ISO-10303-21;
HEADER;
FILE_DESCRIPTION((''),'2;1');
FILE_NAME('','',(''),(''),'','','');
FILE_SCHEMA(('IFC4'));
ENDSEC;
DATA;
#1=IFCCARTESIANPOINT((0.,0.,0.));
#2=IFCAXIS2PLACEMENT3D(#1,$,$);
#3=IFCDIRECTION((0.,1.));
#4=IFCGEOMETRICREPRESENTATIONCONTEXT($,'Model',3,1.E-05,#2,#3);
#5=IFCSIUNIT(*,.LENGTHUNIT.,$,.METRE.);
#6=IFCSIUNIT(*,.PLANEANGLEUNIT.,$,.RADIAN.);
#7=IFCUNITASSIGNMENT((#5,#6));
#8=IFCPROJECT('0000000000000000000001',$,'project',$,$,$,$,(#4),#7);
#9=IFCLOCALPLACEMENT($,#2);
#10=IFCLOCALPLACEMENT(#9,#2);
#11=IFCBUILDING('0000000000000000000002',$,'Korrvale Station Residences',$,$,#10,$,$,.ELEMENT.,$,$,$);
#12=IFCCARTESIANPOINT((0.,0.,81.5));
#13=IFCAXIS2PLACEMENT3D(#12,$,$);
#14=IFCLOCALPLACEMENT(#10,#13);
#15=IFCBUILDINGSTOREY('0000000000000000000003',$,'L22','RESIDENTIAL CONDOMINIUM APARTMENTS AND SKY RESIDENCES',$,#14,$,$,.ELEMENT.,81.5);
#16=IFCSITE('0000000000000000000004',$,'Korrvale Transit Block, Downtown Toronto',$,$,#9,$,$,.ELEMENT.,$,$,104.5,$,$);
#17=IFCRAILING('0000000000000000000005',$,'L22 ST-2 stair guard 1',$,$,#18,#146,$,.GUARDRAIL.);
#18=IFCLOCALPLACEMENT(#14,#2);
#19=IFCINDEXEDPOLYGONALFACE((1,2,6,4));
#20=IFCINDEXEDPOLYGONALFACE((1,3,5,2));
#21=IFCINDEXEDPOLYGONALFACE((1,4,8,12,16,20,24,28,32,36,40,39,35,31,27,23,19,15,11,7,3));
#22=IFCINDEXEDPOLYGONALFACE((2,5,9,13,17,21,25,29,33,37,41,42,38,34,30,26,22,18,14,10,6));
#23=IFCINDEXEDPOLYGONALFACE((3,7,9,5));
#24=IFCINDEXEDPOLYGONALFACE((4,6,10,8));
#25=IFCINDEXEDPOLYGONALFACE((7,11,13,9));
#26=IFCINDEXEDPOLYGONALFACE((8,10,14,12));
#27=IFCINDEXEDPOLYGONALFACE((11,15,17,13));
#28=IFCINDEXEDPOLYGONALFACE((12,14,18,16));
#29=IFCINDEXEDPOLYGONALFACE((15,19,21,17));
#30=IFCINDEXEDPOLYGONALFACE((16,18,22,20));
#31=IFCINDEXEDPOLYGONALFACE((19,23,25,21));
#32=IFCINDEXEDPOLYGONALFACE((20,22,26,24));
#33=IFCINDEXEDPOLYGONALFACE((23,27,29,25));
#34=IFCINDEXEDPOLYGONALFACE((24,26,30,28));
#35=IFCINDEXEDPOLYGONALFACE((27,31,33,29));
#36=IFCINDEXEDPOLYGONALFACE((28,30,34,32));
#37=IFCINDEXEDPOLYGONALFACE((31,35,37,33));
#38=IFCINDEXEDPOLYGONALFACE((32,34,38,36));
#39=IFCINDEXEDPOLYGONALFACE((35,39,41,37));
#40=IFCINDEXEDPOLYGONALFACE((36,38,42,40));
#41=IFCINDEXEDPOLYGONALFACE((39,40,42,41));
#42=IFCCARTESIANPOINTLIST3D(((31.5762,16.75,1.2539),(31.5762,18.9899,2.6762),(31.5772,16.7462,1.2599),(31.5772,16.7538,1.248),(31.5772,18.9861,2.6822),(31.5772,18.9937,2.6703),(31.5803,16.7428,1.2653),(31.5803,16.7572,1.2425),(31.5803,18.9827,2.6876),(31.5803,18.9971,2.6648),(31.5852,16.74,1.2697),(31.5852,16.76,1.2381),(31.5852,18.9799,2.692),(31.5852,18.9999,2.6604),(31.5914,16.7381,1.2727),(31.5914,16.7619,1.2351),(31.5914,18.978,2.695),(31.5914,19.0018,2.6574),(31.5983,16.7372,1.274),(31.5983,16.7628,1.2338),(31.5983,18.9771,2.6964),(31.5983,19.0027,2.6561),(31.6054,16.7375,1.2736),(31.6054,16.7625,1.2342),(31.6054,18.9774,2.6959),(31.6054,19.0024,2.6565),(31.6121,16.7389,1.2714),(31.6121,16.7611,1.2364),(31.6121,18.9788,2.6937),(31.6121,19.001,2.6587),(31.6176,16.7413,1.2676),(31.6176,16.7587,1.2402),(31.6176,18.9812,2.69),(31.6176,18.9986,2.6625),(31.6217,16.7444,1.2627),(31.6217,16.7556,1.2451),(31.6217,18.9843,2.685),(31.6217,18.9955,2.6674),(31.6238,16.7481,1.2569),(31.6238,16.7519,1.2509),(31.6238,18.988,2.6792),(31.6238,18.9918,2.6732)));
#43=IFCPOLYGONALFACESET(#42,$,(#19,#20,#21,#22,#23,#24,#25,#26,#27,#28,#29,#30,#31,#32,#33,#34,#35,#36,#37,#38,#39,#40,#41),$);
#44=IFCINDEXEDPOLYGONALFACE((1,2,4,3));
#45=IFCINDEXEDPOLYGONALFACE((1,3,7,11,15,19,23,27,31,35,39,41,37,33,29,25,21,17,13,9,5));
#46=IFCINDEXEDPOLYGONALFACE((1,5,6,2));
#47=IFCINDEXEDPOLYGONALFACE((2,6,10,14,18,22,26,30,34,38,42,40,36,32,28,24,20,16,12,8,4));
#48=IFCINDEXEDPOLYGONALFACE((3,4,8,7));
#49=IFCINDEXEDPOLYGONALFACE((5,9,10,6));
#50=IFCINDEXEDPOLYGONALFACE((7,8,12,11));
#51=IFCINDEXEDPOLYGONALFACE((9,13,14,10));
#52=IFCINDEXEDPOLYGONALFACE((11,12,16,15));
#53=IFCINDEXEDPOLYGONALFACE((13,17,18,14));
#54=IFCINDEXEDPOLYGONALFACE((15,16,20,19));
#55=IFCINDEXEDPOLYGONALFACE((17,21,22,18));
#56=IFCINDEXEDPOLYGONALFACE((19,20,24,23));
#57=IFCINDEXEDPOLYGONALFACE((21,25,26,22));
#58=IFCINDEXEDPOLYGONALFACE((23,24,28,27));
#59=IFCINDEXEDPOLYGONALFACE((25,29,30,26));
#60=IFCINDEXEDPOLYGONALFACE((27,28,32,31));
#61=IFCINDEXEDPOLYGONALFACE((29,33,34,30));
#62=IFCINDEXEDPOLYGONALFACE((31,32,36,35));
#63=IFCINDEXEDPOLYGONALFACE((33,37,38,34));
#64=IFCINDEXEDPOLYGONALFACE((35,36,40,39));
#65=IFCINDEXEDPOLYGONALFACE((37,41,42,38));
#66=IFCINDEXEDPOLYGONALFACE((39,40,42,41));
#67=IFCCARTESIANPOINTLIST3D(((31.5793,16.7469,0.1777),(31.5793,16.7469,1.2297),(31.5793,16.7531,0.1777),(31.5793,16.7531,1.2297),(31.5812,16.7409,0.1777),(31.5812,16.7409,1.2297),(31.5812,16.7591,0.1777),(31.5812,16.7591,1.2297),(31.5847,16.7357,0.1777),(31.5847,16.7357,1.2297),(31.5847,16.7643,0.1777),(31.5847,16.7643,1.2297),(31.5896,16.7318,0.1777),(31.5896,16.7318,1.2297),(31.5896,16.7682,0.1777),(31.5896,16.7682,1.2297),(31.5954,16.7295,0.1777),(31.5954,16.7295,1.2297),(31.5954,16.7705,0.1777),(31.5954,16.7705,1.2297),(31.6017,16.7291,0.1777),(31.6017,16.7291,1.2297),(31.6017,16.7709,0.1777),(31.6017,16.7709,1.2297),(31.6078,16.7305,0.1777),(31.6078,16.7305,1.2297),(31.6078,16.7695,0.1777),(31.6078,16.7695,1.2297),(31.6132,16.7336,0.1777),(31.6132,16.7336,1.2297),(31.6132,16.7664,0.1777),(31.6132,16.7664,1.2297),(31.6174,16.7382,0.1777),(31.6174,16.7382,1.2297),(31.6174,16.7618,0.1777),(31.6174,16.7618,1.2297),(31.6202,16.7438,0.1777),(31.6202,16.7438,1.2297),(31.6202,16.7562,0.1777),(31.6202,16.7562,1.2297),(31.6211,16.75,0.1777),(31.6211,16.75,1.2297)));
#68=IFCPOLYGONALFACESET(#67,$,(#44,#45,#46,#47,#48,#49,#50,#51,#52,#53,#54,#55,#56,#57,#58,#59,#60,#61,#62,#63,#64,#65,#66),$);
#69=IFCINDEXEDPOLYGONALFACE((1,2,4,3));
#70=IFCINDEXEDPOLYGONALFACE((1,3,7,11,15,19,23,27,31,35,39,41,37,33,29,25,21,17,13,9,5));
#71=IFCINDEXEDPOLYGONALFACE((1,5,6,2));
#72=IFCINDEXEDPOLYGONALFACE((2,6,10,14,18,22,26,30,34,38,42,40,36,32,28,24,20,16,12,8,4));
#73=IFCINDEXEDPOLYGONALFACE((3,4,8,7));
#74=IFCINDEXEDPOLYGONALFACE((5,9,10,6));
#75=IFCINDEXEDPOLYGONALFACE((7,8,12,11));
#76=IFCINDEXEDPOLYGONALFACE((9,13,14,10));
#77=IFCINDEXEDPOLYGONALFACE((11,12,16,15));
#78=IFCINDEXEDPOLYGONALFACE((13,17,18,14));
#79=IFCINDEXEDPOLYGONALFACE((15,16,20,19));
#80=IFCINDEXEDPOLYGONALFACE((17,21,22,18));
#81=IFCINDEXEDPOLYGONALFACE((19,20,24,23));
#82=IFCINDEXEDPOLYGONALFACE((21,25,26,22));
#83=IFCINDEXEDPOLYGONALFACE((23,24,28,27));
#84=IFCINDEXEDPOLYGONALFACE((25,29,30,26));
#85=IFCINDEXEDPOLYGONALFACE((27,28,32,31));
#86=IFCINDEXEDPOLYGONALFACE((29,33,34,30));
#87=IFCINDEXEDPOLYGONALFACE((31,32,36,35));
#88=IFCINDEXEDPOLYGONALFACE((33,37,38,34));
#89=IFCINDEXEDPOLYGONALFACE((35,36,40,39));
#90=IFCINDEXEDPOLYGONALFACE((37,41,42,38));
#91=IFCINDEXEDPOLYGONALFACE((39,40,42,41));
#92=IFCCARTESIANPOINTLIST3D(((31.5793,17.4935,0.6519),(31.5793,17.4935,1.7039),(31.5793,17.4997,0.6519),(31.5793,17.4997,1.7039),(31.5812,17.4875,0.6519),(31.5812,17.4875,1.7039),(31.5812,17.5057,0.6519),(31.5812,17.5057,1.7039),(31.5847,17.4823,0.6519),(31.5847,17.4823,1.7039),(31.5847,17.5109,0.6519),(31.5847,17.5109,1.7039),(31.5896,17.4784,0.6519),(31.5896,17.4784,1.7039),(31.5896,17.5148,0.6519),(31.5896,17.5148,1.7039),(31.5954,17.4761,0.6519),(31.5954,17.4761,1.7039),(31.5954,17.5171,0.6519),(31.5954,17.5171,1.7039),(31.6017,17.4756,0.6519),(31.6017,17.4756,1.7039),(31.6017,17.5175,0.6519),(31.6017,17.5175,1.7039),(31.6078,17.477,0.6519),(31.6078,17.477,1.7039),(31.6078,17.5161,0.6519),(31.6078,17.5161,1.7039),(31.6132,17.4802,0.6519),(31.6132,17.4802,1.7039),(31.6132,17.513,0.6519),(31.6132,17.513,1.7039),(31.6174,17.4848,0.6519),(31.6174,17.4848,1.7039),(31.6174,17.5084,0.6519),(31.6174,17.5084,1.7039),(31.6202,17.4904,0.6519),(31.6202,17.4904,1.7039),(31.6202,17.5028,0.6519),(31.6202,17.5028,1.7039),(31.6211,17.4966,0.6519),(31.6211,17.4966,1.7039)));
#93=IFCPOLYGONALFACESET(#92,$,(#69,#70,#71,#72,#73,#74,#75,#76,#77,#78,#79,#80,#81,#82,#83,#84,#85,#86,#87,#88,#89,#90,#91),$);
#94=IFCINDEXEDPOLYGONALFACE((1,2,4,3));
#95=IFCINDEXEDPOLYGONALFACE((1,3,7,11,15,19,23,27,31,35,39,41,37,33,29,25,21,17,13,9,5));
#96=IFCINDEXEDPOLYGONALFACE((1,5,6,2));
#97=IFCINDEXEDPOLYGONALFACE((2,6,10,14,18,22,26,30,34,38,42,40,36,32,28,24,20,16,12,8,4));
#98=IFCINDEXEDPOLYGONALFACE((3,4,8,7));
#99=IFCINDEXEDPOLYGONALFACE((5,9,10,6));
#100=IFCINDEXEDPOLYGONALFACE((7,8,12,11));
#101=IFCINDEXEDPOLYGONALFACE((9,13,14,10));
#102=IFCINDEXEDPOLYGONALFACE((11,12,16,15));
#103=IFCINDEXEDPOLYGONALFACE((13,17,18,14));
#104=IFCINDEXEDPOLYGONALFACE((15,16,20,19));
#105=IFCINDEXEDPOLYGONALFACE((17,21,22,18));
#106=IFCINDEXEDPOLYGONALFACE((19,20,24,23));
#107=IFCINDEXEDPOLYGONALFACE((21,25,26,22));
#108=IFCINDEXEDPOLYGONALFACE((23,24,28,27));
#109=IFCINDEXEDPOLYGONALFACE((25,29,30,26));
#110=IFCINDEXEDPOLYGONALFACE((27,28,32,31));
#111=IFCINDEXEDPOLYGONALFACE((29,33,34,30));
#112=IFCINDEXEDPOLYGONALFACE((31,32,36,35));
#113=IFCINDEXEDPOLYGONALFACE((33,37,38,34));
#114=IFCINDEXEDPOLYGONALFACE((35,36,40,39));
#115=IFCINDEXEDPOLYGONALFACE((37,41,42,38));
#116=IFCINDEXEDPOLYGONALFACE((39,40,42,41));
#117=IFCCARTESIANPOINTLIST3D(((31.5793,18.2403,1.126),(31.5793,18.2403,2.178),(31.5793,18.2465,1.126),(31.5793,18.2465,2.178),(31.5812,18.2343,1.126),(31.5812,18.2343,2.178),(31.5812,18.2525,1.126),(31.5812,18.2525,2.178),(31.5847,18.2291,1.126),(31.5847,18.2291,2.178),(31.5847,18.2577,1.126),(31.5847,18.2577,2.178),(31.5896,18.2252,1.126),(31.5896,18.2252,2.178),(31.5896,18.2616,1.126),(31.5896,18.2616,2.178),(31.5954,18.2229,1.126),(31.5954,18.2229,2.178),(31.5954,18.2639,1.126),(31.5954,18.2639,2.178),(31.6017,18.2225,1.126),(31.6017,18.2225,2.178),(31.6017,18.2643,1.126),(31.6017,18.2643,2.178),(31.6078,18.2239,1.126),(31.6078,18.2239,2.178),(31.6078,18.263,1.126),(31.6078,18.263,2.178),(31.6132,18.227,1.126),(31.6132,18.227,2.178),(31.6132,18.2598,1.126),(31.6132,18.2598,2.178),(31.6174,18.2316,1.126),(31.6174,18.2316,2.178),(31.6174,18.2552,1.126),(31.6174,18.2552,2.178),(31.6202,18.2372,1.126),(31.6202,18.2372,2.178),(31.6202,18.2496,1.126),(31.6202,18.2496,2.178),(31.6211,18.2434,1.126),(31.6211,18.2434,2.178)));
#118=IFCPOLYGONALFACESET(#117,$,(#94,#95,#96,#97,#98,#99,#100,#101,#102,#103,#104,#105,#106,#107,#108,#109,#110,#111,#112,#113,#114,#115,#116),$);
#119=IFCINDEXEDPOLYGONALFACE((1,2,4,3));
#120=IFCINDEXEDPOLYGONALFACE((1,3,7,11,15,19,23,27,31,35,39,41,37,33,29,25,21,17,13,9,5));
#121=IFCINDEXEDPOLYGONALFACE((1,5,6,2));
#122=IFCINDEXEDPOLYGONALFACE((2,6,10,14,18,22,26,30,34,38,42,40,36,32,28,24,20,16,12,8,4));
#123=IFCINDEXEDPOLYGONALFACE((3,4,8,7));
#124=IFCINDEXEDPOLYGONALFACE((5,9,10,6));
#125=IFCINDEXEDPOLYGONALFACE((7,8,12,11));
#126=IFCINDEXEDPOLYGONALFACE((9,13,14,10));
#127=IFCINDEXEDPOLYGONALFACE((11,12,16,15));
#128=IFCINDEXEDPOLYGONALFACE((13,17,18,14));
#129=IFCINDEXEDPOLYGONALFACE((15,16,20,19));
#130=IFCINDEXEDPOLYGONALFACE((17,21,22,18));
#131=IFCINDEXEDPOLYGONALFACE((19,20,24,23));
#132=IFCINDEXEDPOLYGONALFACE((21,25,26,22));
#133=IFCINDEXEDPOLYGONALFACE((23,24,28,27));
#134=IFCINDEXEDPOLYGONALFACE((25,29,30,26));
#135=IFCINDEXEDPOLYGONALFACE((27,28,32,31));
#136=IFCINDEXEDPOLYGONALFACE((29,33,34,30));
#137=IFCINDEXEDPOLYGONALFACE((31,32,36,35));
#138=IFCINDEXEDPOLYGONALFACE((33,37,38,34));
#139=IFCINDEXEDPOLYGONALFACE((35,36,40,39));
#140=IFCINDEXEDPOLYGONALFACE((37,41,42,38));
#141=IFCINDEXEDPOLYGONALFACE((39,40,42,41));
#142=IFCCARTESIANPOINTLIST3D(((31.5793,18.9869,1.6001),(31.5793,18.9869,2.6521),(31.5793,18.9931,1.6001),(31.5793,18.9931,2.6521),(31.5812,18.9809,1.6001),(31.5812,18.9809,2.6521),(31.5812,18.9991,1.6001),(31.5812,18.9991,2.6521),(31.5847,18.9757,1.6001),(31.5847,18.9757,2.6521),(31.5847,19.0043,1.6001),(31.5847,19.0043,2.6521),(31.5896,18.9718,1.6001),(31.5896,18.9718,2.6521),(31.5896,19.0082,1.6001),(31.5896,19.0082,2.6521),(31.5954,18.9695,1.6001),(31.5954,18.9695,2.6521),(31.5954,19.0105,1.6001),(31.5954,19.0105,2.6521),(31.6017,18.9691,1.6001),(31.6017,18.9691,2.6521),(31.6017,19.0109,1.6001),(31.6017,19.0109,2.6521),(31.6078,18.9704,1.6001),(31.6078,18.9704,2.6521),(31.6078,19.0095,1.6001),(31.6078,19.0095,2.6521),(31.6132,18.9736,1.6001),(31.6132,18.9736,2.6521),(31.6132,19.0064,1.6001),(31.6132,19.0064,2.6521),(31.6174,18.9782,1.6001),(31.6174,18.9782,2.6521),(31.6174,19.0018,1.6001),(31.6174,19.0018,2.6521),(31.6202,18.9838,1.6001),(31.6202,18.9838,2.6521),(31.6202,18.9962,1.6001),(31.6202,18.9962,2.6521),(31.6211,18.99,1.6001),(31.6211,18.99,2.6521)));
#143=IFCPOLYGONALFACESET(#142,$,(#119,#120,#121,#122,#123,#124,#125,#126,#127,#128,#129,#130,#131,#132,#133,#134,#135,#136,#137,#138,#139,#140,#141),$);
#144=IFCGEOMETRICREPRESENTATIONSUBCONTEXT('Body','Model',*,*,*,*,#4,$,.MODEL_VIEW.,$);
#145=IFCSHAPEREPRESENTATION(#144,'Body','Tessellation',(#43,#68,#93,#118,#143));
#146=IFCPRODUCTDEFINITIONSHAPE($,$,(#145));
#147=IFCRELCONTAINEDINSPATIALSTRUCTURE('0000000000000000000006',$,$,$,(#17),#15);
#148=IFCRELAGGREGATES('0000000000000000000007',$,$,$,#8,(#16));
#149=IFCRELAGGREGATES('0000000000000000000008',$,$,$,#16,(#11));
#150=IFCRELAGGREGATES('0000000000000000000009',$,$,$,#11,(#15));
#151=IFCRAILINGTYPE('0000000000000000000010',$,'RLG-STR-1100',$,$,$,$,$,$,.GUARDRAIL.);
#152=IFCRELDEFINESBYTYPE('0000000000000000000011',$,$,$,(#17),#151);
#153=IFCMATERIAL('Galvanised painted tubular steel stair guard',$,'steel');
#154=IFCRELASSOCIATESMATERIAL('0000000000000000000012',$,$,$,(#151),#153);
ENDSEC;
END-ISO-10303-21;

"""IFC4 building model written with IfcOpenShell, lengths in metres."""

from ifc_helpers import new_model, si_unit, direction, frame, origin, origin_2d, place, context, subcontext, project, spatial, circle, extrude, material, type_object, element, save


model = new_model("IFC4")

# Units and contexts
model_context = context("Model", 3, precision=1e-05, world=origin(), true_north=direction((0.0, 1.0)))
body_context = subcontext(model_context, "Body", "Model", "MODEL_VIEW")
ifc_project = project(units=[si_unit("LENGTHUNIT", "METRE"), si_unit("PLANEANGLEUNIT", "RADIAN")], contexts=[model_context])

# Site, building, storey
site_placement = place(None, origin())
site = spatial("IfcSite", under=ifc_project, at=site_placement, Name="Korrvale Transit Block, Downtown Toronto", CompositionType="ELEMENT", RefElevation=104.5)
building_placement = place(site_placement, origin())
building = spatial("IfcBuilding", under=site, at=building_placement, Name="Korrvale Station Residences", CompositionType="ELEMENT")
storey_placement = place(building_placement, frame((0.0, 0.0, 81.5)))
storey = spatial("IfcBuildingStorey", under=building, at=storey_placement, Name="L22", Description="RESIDENTIAL CONDOMINIUM APARTMENTS AND SKY RESIDENCES", CompositionType="ELEMENT", Elevation=81.5)

# Railing
ifc_material_1 = material(Name="Galvanised painted tubular steel stair guard", Category="steel")
railing_type_1 = type_object("IfcRailingType", Name="RLG-STR-1100", PredefinedType="GUARDRAIL", material=ifc_material_1)
railing_1_placement = place(storey_placement, frame((31.6001, 16.75, 0.1777)))
element("IfcRailing", 1, at=railing_1_placement, inside=storey, type_object=railing_type_1, Name="L22 ST-2 stair guard 1", PredefinedType="GUARDRAIL", context=body_context, shape_type="SweptSolid", body=[
    extrude(circle(Radius=0.0239, at=origin_2d()), frame((0.0, 0.0, 1.0762), z_axis=(0.0, 0.844188, 0.536048), x_axis=(-1.0, 0.0, 0.0)), (0.0, 0.0, 1.0), 2.6533),
    extrude(circle(Radius=0.021, at=origin_2d()), origin(), (0.0, 0.0, 1.0), 1.052),
    extrude(circle(Radius=0.021, at=origin_2d()), frame((0.0, 0.7466, 0.4741)), (0.0, 0.0, 1.0), 1.052),
    extrude(circle(Radius=0.021, at=origin_2d()), frame((0.0, 1.4934, 0.9482)), (0.0, 0.0, 1.0), 1.052),
    extrude(circle(Radius=0.021, at=origin_2d()), frame((0.0, 2.24, 1.4224)), (0.0, 0.0, 1.0), 1.052),
])

save(model, "model.ifc")
